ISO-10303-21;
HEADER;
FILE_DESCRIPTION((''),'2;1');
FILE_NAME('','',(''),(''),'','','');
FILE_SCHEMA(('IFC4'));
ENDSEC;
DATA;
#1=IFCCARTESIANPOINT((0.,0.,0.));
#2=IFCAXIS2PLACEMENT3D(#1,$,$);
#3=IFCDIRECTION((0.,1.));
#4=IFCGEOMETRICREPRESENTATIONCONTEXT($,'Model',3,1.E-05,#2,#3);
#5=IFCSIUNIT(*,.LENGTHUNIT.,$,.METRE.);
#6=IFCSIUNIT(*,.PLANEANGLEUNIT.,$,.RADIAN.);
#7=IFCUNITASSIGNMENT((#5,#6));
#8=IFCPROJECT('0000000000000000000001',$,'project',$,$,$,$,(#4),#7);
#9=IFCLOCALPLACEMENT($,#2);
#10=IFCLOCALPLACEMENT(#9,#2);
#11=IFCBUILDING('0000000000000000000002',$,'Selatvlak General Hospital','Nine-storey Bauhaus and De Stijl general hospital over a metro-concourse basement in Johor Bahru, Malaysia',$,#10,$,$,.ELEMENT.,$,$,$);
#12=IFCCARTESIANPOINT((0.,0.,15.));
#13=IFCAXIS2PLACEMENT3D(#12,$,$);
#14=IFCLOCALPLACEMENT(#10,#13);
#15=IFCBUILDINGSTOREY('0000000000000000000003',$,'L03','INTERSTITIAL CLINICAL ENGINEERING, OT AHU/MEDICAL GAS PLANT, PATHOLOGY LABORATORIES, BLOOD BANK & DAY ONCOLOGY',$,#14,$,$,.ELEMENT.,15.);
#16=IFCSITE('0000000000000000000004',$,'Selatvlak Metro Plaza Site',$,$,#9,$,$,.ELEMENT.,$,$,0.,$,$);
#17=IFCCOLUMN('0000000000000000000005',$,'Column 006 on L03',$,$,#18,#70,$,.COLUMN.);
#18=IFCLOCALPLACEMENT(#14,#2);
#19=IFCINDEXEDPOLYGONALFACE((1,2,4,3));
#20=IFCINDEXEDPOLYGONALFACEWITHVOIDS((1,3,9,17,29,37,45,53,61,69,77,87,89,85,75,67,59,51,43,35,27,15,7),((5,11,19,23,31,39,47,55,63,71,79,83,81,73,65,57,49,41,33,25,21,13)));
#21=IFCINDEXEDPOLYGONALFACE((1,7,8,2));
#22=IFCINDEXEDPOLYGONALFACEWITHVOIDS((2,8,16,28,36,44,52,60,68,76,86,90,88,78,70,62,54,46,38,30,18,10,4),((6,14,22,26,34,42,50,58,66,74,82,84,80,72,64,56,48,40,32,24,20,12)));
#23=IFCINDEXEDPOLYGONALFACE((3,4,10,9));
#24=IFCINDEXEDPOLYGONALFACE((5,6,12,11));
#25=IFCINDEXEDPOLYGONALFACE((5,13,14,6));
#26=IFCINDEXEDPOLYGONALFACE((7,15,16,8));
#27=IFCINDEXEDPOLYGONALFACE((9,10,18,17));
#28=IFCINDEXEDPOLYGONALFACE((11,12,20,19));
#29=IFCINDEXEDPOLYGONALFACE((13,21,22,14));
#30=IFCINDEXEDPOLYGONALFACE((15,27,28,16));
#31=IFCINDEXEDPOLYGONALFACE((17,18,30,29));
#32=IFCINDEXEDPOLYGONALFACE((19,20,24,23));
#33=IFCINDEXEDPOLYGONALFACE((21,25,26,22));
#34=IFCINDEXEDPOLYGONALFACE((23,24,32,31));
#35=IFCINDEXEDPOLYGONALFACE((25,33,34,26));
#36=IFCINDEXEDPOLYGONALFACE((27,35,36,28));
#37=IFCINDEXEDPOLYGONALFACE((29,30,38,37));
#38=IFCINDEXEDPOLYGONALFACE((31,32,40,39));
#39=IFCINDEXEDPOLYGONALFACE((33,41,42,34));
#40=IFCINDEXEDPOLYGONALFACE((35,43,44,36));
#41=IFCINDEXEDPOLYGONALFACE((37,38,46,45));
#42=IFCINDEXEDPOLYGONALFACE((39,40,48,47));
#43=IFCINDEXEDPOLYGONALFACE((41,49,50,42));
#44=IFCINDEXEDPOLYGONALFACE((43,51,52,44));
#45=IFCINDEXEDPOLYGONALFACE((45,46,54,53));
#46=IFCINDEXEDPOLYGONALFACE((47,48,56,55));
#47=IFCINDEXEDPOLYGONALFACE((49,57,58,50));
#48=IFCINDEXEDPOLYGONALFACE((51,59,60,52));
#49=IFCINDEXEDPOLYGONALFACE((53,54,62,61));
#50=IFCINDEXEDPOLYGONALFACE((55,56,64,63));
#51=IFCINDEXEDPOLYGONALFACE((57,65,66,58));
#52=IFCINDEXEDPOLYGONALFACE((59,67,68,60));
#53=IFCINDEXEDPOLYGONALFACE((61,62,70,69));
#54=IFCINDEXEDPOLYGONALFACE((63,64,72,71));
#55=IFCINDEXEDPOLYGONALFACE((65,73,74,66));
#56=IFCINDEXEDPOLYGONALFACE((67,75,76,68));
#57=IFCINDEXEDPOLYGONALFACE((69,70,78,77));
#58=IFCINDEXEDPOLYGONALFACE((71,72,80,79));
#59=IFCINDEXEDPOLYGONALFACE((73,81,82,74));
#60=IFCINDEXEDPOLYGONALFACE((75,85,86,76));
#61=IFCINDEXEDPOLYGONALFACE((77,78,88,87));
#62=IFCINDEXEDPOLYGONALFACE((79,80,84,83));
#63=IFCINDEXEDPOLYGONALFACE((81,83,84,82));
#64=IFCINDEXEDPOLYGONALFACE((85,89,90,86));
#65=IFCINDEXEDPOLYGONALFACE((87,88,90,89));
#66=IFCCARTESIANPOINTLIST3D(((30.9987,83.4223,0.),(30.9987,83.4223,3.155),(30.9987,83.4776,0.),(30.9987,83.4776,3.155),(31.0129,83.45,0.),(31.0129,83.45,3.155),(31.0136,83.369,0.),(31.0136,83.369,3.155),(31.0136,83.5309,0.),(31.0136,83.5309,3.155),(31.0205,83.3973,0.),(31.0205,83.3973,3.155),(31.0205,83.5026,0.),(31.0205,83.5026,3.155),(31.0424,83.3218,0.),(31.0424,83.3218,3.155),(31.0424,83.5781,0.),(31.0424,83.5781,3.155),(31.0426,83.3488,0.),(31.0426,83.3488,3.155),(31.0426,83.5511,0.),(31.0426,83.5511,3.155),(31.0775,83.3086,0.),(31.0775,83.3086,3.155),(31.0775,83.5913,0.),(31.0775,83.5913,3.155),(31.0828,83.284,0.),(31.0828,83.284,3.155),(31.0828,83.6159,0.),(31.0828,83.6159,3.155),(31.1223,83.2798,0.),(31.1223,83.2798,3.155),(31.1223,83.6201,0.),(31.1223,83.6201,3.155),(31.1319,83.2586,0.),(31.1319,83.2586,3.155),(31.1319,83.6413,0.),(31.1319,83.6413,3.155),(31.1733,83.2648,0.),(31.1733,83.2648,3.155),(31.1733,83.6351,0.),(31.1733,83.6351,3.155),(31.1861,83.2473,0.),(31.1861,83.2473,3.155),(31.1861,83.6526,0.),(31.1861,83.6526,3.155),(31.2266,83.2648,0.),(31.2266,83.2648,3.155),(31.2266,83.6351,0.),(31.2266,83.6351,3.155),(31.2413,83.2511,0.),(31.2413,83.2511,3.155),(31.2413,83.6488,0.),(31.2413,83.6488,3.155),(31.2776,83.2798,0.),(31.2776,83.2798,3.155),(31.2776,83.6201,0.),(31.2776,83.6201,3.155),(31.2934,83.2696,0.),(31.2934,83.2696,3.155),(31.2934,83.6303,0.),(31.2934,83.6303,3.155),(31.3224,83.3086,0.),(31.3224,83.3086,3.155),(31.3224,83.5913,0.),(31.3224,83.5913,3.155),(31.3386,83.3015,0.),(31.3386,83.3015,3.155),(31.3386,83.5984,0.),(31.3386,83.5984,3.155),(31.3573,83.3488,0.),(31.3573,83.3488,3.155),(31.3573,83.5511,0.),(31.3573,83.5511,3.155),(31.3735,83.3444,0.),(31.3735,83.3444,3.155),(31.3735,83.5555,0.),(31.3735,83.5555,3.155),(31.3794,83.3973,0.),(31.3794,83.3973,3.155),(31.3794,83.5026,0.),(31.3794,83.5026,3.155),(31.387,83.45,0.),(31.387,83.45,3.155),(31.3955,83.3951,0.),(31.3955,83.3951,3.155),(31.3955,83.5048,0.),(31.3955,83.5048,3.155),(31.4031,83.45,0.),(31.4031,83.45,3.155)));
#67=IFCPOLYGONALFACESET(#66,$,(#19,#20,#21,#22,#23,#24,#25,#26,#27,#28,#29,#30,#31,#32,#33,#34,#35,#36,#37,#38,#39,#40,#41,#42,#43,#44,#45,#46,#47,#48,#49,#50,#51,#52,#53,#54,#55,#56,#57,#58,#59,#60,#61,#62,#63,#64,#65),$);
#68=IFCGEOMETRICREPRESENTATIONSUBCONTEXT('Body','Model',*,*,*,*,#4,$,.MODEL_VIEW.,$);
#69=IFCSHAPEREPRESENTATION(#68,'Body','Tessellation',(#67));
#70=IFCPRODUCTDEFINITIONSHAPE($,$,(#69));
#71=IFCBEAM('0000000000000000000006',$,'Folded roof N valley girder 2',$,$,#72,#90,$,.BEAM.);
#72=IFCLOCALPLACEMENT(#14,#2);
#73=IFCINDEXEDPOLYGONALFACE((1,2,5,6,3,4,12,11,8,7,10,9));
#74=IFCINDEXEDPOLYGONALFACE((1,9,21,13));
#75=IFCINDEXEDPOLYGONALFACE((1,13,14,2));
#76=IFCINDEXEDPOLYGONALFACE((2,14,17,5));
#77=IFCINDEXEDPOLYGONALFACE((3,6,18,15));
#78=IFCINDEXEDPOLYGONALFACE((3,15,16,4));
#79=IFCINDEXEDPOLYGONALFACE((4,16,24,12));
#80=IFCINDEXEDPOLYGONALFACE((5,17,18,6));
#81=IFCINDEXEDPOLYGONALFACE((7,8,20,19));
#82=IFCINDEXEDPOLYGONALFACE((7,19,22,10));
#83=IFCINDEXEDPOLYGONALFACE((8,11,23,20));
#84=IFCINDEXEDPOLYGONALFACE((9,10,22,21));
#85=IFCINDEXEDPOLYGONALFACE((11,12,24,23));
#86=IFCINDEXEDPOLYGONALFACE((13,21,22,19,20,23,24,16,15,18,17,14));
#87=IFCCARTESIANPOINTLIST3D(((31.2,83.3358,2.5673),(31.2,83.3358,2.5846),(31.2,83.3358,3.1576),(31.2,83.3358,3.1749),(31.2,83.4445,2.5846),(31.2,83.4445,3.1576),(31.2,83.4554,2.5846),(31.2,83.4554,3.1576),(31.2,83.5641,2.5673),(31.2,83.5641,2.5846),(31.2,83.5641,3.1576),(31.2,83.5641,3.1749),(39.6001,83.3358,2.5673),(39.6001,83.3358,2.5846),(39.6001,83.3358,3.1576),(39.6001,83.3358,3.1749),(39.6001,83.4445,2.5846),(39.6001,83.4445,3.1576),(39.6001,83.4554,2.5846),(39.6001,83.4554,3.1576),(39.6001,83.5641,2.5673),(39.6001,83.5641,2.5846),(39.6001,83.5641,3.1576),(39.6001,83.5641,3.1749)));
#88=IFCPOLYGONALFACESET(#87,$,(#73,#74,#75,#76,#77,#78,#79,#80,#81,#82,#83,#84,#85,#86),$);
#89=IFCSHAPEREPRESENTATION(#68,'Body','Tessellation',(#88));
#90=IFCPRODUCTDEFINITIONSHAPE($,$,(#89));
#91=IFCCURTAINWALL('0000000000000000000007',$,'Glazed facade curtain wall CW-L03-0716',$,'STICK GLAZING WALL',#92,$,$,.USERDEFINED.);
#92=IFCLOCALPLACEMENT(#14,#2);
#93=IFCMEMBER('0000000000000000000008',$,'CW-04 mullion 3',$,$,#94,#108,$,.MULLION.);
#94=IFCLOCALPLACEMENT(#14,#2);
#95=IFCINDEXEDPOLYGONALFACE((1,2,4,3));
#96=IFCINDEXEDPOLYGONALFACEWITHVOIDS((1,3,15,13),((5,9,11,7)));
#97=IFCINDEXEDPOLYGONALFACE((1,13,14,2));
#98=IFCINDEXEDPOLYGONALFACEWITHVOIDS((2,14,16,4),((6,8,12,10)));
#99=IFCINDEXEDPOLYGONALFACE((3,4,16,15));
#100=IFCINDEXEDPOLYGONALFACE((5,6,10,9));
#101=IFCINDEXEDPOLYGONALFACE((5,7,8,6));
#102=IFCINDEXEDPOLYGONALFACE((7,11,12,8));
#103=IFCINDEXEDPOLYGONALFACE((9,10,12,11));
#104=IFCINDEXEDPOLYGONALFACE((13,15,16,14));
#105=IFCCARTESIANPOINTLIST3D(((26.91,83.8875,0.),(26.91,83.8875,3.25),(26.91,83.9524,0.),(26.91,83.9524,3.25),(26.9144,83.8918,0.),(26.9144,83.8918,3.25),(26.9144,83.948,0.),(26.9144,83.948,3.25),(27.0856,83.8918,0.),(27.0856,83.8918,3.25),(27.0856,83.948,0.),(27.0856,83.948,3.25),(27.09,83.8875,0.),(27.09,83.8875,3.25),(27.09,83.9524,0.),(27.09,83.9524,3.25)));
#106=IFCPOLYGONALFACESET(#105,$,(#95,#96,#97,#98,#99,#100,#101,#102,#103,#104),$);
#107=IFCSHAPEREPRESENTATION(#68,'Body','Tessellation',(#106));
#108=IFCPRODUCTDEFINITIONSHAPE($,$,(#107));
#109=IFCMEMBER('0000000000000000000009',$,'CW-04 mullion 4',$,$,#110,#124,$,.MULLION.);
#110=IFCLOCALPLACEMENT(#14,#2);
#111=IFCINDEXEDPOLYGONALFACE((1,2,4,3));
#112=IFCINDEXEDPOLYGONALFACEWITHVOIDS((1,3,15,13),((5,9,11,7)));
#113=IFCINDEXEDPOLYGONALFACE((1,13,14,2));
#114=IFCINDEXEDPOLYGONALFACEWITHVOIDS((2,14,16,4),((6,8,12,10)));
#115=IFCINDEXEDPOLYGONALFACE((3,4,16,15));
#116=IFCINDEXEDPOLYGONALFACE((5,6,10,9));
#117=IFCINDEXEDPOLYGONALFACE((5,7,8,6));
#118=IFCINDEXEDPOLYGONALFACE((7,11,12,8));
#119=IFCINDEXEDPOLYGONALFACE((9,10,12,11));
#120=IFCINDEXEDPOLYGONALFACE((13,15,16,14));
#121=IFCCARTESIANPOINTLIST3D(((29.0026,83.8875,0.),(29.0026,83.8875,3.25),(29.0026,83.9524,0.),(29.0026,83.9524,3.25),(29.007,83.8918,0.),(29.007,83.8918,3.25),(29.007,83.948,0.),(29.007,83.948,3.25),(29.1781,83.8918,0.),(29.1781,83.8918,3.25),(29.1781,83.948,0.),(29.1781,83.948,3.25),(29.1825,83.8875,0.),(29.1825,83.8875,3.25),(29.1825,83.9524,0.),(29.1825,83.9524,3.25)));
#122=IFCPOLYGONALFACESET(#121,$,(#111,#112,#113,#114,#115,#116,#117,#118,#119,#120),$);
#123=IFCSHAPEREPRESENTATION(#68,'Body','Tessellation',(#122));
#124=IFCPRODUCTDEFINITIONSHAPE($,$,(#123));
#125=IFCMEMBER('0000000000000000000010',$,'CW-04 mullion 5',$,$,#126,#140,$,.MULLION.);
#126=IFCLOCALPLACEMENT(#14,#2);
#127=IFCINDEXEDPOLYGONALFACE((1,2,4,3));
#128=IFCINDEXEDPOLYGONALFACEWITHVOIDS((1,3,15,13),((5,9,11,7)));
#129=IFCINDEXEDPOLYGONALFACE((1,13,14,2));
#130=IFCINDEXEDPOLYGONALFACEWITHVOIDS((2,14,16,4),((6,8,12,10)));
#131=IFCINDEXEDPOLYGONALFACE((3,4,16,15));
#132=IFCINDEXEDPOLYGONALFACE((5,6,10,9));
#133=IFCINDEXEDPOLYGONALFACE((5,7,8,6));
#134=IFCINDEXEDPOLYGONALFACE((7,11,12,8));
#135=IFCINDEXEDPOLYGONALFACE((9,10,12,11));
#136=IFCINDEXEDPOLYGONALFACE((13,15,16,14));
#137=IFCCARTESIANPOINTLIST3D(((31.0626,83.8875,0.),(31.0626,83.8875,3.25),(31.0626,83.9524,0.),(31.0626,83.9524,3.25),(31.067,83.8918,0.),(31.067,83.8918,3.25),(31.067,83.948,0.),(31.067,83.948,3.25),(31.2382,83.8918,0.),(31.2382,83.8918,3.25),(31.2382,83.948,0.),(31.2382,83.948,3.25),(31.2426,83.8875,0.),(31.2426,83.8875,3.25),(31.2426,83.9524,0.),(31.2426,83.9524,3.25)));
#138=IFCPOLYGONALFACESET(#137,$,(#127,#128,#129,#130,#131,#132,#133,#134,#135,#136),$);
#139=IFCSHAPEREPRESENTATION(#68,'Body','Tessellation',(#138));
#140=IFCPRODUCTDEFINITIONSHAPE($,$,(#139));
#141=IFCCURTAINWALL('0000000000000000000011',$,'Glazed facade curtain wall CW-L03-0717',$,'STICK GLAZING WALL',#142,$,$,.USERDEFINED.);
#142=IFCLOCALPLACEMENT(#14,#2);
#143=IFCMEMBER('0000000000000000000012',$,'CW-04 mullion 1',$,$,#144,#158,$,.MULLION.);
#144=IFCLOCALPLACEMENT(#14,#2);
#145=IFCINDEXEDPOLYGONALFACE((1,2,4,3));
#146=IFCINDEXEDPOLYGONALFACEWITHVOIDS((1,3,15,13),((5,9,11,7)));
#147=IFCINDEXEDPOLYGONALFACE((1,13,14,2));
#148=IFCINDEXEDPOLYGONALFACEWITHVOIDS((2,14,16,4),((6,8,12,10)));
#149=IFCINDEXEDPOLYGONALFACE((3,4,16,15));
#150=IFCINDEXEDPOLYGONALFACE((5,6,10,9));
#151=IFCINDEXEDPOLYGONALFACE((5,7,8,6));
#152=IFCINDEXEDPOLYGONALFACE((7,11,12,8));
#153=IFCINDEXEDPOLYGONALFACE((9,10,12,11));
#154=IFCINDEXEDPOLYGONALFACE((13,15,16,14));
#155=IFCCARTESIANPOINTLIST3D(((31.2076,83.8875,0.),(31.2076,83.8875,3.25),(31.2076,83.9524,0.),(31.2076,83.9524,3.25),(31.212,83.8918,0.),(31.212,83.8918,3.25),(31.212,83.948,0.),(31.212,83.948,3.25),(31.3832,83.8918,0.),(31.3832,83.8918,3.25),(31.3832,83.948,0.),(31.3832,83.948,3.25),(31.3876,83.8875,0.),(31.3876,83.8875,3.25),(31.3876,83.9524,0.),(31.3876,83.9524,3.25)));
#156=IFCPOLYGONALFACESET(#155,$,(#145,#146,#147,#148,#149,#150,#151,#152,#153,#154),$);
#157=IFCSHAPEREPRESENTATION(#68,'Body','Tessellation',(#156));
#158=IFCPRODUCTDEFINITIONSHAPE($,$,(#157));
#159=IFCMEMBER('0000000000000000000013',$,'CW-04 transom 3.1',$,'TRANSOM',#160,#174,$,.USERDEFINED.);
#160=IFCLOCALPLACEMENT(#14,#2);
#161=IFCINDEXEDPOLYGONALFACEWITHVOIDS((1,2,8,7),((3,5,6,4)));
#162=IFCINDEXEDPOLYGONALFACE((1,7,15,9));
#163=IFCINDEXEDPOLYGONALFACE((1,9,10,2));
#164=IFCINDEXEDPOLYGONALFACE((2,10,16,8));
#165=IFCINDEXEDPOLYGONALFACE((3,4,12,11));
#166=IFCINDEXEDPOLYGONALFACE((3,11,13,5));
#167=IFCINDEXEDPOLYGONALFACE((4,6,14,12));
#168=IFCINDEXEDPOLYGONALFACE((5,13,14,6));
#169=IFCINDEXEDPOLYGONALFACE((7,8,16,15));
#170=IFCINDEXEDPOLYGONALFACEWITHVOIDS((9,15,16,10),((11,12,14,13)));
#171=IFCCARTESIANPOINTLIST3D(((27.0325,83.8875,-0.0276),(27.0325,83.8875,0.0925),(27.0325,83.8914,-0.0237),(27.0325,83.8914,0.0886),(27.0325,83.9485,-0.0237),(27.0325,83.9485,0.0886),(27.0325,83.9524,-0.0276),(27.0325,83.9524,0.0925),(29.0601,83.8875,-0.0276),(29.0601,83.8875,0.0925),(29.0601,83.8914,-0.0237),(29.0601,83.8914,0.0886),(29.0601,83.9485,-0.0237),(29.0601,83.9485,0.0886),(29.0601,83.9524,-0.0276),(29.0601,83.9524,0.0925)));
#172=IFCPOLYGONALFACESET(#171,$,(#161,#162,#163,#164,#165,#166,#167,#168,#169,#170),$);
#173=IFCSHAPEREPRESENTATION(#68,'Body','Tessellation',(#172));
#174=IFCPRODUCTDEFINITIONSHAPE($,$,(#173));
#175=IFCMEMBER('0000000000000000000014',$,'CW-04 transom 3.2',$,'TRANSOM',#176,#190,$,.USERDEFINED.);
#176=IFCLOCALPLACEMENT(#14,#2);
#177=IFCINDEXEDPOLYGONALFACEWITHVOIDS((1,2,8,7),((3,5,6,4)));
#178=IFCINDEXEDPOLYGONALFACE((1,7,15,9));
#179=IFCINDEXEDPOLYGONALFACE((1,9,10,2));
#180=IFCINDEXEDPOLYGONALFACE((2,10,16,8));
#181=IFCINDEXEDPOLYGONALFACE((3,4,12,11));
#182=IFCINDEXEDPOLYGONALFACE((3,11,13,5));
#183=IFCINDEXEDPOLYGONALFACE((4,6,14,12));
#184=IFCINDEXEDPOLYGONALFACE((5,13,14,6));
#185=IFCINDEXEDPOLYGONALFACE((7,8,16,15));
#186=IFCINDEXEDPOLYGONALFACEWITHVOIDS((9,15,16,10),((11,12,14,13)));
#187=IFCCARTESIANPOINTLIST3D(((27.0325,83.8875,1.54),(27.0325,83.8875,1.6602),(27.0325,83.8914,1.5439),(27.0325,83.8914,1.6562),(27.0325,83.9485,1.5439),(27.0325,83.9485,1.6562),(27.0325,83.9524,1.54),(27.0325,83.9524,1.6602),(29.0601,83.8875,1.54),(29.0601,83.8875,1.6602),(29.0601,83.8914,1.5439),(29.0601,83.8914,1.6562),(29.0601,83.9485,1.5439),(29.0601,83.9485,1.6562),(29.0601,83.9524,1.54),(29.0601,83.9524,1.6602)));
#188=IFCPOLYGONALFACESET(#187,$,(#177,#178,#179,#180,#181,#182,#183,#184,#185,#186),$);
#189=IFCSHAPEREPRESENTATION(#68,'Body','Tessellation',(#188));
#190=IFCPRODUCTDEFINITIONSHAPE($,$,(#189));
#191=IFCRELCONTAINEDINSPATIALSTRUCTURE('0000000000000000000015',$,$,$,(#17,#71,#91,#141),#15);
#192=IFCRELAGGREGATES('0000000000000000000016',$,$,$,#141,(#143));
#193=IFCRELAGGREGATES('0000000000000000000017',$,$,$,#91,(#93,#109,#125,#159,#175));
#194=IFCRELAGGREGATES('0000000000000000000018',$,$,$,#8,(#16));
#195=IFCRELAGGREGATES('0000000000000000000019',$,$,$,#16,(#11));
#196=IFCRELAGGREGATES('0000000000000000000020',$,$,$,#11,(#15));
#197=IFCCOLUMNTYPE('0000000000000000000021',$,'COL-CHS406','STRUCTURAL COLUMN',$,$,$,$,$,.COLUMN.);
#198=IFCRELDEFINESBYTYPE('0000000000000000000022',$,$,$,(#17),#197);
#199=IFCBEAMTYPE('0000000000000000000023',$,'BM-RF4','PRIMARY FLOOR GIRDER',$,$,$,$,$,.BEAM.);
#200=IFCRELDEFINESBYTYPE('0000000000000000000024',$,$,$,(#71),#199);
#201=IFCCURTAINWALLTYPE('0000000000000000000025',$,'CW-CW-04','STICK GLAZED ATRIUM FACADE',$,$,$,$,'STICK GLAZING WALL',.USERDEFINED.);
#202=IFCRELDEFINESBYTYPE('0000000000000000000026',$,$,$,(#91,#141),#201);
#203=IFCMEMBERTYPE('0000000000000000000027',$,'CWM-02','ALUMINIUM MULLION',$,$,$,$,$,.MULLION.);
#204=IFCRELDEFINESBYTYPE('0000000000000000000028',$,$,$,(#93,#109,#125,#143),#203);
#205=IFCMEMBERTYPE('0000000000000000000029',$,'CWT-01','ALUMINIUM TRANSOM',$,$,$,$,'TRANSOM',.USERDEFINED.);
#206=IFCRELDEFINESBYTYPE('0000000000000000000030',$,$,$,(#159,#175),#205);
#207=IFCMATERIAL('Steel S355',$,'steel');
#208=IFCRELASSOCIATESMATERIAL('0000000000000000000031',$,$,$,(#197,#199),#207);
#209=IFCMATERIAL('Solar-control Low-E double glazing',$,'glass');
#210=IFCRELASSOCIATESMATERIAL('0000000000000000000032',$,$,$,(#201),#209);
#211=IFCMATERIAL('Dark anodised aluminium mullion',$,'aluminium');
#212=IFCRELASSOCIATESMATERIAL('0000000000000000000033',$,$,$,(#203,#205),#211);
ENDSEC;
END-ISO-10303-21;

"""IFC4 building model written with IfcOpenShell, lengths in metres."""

from ifc_helpers import new_model, si_unit, direction, frame, origin, origin_2d, place, context, subcontext, project, spatial, hollow_rectangle, hollow_circle, i_section, extrude, material, material_profile, profile_set, type_object, element, aggregate, save


model = new_model("IFC4")

# Units and contexts
model_context = context("Model", 3, precision=1e-05, world=origin(), true_north=direction((0.0, 1.0)))
body_context = subcontext(model_context, "Body", "Model", "MODEL_VIEW")
ifc_project = project(units=[si_unit("LENGTHUNIT", "METRE"), si_unit("PLANEANGLEUNIT", "RADIAN")], contexts=[model_context])

# Site, building, storey
site_placement = place(None, origin())
site = spatial("IfcSite", under=ifc_project, at=site_placement, Name="Selatvlak Metro Plaza Site", CompositionType="ELEMENT", RefElevation=0.0)
building_placement = place(site_placement, origin())
building = spatial("IfcBuilding", under=site, at=building_placement, Name="Selatvlak General Hospital", Description="Nine-storey Bauhaus and De Stijl general hospital over a metro-concourse basement in Johor Bahru, Malaysia", CompositionType="ELEMENT")
storey_placement = place(building_placement, frame((0.0, 0.0, 15.0)))
storey = spatial("IfcBuildingStorey", under=building, at=storey_placement, Name="L03", Description="INTERSTITIAL CLINICAL ENGINEERING, OT AHU/MEDICAL GAS PLANT, PATHOLOGY LABORATORIES, BLOOD BANK & DAY ONCOLOGY", CompositionType="ELEMENT", Elevation=15.0)

# Column
ifc_material_1 = material(Name="Steel S355", Category="steel")
ifc_material_profile_1 = material_profile(ifc_material_1, hollow_circle(Radius=0.2031, WallThickness=0.0161, at=origin_2d()), Name="CHS 406.4x16")
ifc_profile_set_1 = profile_set([ifc_material_profile_1], Name="Steel S355")
column_type = type_object("IfcColumnType", Name="COL-CHS406", Description="STRUCTURAL COLUMN", PredefinedType="COLUMN", material=ifc_profile_set_1)
column_placement = place(storey_placement, frame((31.2, 83.45, 0.0), z_axis=(0.0, 0.0, 1.0), x_axis=(1.0, 0.0, 0.0)))
element("IfcColumn", 1, at=column_placement, inside=storey, type_object=column_type, Name="Column 006 on L03", PredefinedType="COLUMN", context=body_context, shape_type="SweptSolid", body=[
    extrude(hollow_circle(Radius=0.2031, WallThickness=0.0161, at=origin_2d()), origin(), (0.0, 0.0, 1.0), 3.155),
])

# Beam
ifc_material_profile_2 = material_profile(ifc_material_1, i_section(OverallWidth=0.2283, OverallDepth=0.6077, WebThickness=0.011, FlangeThickness=0.0173, at=origin_2d()), Name="UB 610x229x113")
ifc_profile_set_2 = profile_set([ifc_material_profile_2], Name="Steel S355")
beam_type = type_object("IfcBeamType", Name="BM-RF4", Description="PRIMARY FLOOR GIRDER", PredefinedType="BEAM", material=ifc_profile_set_2)
beam_placement = place(storey_placement, frame((31.2, 83.45, 2.8711), z_axis=(1.0, 0.0, 0.0), x_axis=(0.0, 1.0, 0.0)))
element("IfcBeam", 2, at=beam_placement, inside=storey, type_object=beam_type, Name="Folded roof N valley girder 2", PredefinedType="BEAM", context=body_context, shape_type="SweptSolid", body=[
    extrude(i_section(OverallWidth=0.2283, OverallDepth=0.6077, WebThickness=0.011, FlangeThickness=0.0173, at=origin_2d()), origin(), (0.0, 0.0, 1.0), 8.4001),
])

# Curtain wall, members
ifc_material_2 = material(Name="Solar-control Low-E double glazing", Category="glass")
curtain_wall_type = type_object("IfcCurtainWallType", Name="CW-CW-04", Description="STICK GLAZED ATRIUM FACADE", ElementType="STICK GLAZING WALL", PredefinedType="USERDEFINED", material=ifc_material_2)
curtain_wall_1_placement = place(storey_placement, origin())
curtain_wall_1 = element("IfcCurtainWall", 3, at=curtain_wall_1_placement, inside=storey, type_object=curtain_wall_type, Name="Glazed facade curtain wall CW-L03-0716", ObjectType="STICK GLAZING WALL", PredefinedType="USERDEFINED")
ifc_material_3 = material(Name="Dark anodised aluminium mullion", Category="aluminium")
ifc_material_profile_3 = material_profile(ifc_material_3, hollow_rectangle(XDim=0.0649, YDim=0.1799, WallThickness=0.0044, at=origin_2d()), Name="AL-MUL 65x180x4.5")
ifc_profile_set_3 = profile_set([ifc_material_profile_3], Name="Dark anodised aluminium mullion")
member_type_1 = type_object("IfcMemberType", Name="CWM-02", Description="ALUMINIUM MULLION", PredefinedType="MULLION", material=ifc_profile_set_3)
member_1_placement = place(storey_placement, frame((27.0, 83.9199, 0.0), z_axis=(0.0, 0.0, 1.0), x_axis=(0.0, 1.0, 0.0)))
member_1 = element("IfcMember", 4, at=member_1_placement, type_object=member_type_1, Name="CW-04 mullion 3", PredefinedType="MULLION", context=body_context, shape_type="SweptSolid", body=[
    extrude(hollow_rectangle(XDim=0.0649, YDim=0.1799, WallThickness=0.0044, at=origin_2d()), origin(), (0.0, 0.0, 1.0), 3.25),
])
member_2_placement = place(storey_placement, frame((29.0925, 83.9199, 0.0), z_axis=(0.0, 0.0, 1.0), x_axis=(0.0, 1.0, 0.0)))
member_2 = element("IfcMember", 5, at=member_2_placement, type_object=member_type_1, Name="CW-04 mullion 4", PredefinedType="MULLION", context=body_context, shape_type="SweptSolid", body=[
    extrude(hollow_rectangle(XDim=0.0649, YDim=0.1799, WallThickness=0.0044, at=origin_2d()), origin(), (0.0, 0.0, 1.0), 3.25),
])
member_3_placement = place(storey_placement, frame((31.1526, 83.9199, 0.0), z_axis=(0.0, 0.0, 1.0), x_axis=(0.0, 1.0, 0.0)))
member_3 = element("IfcMember", 6, at=member_3_placement, type_object=member_type_1, Name="CW-04 mullion 5", PredefinedType="MULLION", context=body_context, shape_type="SweptSolid", body=[
    extrude(hollow_rectangle(XDim=0.0649, YDim=0.1799, WallThickness=0.0044, at=origin_2d()), origin(), (0.0, 0.0, 1.0), 3.25),
])

# Curtain wall, member
curtain_wall_2_placement = place(storey_placement, origin())
curtain_wall_2 = element("IfcCurtainWall", 7, at=curtain_wall_2_placement, inside=storey, type_object=curtain_wall_type, Name="Glazed facade curtain wall CW-L03-0717", ObjectType="STICK GLAZING WALL", PredefinedType="USERDEFINED")
member_4_placement = place(storey_placement, frame((31.2976, 83.9199, 0.0), z_axis=(0.0, 0.0, 1.0), x_axis=(0.0, 1.0, 0.0)))
member_4 = element("IfcMember", 8, at=member_4_placement, type_object=member_type_1, Name="CW-04 mullion 1", PredefinedType="MULLION", context=body_context, shape_type="SweptSolid", body=[
    extrude(hollow_rectangle(XDim=0.0649, YDim=0.1799, WallThickness=0.0044, at=origin_2d()), origin(), (0.0, 0.0, 1.0), 3.25),
])
aggregate(curtain_wall_2, [member_4])

# Members
ifc_material_profile_4 = material_profile(ifc_material_3, hollow_rectangle(XDim=0.0649, YDim=0.1201, WallThickness=0.0039, at=origin_2d()), Name="AL-TRN 65x120x4")
ifc_profile_set_4 = profile_set([ifc_material_profile_4], Name="Dark anodised aluminium mullion")
member_type_2 = type_object("IfcMemberType", Name="CWT-01", Description="ALUMINIUM TRANSOM", ElementType="TRANSOM", PredefinedType="USERDEFINED", material=ifc_profile_set_4)
member_5_placement = place(storey_placement, frame((27.0325, 83.9199, 0.0325), z_axis=(1.0, 0.0, 0.0), x_axis=(0.0, 1.0, 0.0)))
member_5 = element("IfcMember", 9, at=member_5_placement, type_object=member_type_2, Name="CW-04 transom 3.1", ObjectType="TRANSOM", PredefinedType="USERDEFINED", context=body_context, shape_type="SweptSolid", body=[
    extrude(hollow_rectangle(XDim=0.0649, YDim=0.1201, WallThickness=0.0039, at=origin_2d()), origin(), (0.0, 0.0, 1.0), 2.0276),
])
member_6_placement = place(storey_placement, frame((27.0325, 83.9199, 1.6001), z_axis=(1.0, 0.0, 0.0), x_axis=(0.0, 1.0, 0.0)))
member_6 = element("IfcMember", 10, at=member_6_placement, type_object=member_type_2, Name="CW-04 transom 3.2", ObjectType="TRANSOM", PredefinedType="USERDEFINED", context=body_context, shape_type="SweptSolid", body=[
    extrude(hollow_rectangle(XDim=0.0649, YDim=0.1201, WallThickness=0.0039, at=origin_2d()), origin(), (0.0, 0.0, 1.0), 2.0276),
])

aggregate(curtain_wall_1, [member_1, member_2, member_3, member_5, member_6])

save(model, "model.ifc")
